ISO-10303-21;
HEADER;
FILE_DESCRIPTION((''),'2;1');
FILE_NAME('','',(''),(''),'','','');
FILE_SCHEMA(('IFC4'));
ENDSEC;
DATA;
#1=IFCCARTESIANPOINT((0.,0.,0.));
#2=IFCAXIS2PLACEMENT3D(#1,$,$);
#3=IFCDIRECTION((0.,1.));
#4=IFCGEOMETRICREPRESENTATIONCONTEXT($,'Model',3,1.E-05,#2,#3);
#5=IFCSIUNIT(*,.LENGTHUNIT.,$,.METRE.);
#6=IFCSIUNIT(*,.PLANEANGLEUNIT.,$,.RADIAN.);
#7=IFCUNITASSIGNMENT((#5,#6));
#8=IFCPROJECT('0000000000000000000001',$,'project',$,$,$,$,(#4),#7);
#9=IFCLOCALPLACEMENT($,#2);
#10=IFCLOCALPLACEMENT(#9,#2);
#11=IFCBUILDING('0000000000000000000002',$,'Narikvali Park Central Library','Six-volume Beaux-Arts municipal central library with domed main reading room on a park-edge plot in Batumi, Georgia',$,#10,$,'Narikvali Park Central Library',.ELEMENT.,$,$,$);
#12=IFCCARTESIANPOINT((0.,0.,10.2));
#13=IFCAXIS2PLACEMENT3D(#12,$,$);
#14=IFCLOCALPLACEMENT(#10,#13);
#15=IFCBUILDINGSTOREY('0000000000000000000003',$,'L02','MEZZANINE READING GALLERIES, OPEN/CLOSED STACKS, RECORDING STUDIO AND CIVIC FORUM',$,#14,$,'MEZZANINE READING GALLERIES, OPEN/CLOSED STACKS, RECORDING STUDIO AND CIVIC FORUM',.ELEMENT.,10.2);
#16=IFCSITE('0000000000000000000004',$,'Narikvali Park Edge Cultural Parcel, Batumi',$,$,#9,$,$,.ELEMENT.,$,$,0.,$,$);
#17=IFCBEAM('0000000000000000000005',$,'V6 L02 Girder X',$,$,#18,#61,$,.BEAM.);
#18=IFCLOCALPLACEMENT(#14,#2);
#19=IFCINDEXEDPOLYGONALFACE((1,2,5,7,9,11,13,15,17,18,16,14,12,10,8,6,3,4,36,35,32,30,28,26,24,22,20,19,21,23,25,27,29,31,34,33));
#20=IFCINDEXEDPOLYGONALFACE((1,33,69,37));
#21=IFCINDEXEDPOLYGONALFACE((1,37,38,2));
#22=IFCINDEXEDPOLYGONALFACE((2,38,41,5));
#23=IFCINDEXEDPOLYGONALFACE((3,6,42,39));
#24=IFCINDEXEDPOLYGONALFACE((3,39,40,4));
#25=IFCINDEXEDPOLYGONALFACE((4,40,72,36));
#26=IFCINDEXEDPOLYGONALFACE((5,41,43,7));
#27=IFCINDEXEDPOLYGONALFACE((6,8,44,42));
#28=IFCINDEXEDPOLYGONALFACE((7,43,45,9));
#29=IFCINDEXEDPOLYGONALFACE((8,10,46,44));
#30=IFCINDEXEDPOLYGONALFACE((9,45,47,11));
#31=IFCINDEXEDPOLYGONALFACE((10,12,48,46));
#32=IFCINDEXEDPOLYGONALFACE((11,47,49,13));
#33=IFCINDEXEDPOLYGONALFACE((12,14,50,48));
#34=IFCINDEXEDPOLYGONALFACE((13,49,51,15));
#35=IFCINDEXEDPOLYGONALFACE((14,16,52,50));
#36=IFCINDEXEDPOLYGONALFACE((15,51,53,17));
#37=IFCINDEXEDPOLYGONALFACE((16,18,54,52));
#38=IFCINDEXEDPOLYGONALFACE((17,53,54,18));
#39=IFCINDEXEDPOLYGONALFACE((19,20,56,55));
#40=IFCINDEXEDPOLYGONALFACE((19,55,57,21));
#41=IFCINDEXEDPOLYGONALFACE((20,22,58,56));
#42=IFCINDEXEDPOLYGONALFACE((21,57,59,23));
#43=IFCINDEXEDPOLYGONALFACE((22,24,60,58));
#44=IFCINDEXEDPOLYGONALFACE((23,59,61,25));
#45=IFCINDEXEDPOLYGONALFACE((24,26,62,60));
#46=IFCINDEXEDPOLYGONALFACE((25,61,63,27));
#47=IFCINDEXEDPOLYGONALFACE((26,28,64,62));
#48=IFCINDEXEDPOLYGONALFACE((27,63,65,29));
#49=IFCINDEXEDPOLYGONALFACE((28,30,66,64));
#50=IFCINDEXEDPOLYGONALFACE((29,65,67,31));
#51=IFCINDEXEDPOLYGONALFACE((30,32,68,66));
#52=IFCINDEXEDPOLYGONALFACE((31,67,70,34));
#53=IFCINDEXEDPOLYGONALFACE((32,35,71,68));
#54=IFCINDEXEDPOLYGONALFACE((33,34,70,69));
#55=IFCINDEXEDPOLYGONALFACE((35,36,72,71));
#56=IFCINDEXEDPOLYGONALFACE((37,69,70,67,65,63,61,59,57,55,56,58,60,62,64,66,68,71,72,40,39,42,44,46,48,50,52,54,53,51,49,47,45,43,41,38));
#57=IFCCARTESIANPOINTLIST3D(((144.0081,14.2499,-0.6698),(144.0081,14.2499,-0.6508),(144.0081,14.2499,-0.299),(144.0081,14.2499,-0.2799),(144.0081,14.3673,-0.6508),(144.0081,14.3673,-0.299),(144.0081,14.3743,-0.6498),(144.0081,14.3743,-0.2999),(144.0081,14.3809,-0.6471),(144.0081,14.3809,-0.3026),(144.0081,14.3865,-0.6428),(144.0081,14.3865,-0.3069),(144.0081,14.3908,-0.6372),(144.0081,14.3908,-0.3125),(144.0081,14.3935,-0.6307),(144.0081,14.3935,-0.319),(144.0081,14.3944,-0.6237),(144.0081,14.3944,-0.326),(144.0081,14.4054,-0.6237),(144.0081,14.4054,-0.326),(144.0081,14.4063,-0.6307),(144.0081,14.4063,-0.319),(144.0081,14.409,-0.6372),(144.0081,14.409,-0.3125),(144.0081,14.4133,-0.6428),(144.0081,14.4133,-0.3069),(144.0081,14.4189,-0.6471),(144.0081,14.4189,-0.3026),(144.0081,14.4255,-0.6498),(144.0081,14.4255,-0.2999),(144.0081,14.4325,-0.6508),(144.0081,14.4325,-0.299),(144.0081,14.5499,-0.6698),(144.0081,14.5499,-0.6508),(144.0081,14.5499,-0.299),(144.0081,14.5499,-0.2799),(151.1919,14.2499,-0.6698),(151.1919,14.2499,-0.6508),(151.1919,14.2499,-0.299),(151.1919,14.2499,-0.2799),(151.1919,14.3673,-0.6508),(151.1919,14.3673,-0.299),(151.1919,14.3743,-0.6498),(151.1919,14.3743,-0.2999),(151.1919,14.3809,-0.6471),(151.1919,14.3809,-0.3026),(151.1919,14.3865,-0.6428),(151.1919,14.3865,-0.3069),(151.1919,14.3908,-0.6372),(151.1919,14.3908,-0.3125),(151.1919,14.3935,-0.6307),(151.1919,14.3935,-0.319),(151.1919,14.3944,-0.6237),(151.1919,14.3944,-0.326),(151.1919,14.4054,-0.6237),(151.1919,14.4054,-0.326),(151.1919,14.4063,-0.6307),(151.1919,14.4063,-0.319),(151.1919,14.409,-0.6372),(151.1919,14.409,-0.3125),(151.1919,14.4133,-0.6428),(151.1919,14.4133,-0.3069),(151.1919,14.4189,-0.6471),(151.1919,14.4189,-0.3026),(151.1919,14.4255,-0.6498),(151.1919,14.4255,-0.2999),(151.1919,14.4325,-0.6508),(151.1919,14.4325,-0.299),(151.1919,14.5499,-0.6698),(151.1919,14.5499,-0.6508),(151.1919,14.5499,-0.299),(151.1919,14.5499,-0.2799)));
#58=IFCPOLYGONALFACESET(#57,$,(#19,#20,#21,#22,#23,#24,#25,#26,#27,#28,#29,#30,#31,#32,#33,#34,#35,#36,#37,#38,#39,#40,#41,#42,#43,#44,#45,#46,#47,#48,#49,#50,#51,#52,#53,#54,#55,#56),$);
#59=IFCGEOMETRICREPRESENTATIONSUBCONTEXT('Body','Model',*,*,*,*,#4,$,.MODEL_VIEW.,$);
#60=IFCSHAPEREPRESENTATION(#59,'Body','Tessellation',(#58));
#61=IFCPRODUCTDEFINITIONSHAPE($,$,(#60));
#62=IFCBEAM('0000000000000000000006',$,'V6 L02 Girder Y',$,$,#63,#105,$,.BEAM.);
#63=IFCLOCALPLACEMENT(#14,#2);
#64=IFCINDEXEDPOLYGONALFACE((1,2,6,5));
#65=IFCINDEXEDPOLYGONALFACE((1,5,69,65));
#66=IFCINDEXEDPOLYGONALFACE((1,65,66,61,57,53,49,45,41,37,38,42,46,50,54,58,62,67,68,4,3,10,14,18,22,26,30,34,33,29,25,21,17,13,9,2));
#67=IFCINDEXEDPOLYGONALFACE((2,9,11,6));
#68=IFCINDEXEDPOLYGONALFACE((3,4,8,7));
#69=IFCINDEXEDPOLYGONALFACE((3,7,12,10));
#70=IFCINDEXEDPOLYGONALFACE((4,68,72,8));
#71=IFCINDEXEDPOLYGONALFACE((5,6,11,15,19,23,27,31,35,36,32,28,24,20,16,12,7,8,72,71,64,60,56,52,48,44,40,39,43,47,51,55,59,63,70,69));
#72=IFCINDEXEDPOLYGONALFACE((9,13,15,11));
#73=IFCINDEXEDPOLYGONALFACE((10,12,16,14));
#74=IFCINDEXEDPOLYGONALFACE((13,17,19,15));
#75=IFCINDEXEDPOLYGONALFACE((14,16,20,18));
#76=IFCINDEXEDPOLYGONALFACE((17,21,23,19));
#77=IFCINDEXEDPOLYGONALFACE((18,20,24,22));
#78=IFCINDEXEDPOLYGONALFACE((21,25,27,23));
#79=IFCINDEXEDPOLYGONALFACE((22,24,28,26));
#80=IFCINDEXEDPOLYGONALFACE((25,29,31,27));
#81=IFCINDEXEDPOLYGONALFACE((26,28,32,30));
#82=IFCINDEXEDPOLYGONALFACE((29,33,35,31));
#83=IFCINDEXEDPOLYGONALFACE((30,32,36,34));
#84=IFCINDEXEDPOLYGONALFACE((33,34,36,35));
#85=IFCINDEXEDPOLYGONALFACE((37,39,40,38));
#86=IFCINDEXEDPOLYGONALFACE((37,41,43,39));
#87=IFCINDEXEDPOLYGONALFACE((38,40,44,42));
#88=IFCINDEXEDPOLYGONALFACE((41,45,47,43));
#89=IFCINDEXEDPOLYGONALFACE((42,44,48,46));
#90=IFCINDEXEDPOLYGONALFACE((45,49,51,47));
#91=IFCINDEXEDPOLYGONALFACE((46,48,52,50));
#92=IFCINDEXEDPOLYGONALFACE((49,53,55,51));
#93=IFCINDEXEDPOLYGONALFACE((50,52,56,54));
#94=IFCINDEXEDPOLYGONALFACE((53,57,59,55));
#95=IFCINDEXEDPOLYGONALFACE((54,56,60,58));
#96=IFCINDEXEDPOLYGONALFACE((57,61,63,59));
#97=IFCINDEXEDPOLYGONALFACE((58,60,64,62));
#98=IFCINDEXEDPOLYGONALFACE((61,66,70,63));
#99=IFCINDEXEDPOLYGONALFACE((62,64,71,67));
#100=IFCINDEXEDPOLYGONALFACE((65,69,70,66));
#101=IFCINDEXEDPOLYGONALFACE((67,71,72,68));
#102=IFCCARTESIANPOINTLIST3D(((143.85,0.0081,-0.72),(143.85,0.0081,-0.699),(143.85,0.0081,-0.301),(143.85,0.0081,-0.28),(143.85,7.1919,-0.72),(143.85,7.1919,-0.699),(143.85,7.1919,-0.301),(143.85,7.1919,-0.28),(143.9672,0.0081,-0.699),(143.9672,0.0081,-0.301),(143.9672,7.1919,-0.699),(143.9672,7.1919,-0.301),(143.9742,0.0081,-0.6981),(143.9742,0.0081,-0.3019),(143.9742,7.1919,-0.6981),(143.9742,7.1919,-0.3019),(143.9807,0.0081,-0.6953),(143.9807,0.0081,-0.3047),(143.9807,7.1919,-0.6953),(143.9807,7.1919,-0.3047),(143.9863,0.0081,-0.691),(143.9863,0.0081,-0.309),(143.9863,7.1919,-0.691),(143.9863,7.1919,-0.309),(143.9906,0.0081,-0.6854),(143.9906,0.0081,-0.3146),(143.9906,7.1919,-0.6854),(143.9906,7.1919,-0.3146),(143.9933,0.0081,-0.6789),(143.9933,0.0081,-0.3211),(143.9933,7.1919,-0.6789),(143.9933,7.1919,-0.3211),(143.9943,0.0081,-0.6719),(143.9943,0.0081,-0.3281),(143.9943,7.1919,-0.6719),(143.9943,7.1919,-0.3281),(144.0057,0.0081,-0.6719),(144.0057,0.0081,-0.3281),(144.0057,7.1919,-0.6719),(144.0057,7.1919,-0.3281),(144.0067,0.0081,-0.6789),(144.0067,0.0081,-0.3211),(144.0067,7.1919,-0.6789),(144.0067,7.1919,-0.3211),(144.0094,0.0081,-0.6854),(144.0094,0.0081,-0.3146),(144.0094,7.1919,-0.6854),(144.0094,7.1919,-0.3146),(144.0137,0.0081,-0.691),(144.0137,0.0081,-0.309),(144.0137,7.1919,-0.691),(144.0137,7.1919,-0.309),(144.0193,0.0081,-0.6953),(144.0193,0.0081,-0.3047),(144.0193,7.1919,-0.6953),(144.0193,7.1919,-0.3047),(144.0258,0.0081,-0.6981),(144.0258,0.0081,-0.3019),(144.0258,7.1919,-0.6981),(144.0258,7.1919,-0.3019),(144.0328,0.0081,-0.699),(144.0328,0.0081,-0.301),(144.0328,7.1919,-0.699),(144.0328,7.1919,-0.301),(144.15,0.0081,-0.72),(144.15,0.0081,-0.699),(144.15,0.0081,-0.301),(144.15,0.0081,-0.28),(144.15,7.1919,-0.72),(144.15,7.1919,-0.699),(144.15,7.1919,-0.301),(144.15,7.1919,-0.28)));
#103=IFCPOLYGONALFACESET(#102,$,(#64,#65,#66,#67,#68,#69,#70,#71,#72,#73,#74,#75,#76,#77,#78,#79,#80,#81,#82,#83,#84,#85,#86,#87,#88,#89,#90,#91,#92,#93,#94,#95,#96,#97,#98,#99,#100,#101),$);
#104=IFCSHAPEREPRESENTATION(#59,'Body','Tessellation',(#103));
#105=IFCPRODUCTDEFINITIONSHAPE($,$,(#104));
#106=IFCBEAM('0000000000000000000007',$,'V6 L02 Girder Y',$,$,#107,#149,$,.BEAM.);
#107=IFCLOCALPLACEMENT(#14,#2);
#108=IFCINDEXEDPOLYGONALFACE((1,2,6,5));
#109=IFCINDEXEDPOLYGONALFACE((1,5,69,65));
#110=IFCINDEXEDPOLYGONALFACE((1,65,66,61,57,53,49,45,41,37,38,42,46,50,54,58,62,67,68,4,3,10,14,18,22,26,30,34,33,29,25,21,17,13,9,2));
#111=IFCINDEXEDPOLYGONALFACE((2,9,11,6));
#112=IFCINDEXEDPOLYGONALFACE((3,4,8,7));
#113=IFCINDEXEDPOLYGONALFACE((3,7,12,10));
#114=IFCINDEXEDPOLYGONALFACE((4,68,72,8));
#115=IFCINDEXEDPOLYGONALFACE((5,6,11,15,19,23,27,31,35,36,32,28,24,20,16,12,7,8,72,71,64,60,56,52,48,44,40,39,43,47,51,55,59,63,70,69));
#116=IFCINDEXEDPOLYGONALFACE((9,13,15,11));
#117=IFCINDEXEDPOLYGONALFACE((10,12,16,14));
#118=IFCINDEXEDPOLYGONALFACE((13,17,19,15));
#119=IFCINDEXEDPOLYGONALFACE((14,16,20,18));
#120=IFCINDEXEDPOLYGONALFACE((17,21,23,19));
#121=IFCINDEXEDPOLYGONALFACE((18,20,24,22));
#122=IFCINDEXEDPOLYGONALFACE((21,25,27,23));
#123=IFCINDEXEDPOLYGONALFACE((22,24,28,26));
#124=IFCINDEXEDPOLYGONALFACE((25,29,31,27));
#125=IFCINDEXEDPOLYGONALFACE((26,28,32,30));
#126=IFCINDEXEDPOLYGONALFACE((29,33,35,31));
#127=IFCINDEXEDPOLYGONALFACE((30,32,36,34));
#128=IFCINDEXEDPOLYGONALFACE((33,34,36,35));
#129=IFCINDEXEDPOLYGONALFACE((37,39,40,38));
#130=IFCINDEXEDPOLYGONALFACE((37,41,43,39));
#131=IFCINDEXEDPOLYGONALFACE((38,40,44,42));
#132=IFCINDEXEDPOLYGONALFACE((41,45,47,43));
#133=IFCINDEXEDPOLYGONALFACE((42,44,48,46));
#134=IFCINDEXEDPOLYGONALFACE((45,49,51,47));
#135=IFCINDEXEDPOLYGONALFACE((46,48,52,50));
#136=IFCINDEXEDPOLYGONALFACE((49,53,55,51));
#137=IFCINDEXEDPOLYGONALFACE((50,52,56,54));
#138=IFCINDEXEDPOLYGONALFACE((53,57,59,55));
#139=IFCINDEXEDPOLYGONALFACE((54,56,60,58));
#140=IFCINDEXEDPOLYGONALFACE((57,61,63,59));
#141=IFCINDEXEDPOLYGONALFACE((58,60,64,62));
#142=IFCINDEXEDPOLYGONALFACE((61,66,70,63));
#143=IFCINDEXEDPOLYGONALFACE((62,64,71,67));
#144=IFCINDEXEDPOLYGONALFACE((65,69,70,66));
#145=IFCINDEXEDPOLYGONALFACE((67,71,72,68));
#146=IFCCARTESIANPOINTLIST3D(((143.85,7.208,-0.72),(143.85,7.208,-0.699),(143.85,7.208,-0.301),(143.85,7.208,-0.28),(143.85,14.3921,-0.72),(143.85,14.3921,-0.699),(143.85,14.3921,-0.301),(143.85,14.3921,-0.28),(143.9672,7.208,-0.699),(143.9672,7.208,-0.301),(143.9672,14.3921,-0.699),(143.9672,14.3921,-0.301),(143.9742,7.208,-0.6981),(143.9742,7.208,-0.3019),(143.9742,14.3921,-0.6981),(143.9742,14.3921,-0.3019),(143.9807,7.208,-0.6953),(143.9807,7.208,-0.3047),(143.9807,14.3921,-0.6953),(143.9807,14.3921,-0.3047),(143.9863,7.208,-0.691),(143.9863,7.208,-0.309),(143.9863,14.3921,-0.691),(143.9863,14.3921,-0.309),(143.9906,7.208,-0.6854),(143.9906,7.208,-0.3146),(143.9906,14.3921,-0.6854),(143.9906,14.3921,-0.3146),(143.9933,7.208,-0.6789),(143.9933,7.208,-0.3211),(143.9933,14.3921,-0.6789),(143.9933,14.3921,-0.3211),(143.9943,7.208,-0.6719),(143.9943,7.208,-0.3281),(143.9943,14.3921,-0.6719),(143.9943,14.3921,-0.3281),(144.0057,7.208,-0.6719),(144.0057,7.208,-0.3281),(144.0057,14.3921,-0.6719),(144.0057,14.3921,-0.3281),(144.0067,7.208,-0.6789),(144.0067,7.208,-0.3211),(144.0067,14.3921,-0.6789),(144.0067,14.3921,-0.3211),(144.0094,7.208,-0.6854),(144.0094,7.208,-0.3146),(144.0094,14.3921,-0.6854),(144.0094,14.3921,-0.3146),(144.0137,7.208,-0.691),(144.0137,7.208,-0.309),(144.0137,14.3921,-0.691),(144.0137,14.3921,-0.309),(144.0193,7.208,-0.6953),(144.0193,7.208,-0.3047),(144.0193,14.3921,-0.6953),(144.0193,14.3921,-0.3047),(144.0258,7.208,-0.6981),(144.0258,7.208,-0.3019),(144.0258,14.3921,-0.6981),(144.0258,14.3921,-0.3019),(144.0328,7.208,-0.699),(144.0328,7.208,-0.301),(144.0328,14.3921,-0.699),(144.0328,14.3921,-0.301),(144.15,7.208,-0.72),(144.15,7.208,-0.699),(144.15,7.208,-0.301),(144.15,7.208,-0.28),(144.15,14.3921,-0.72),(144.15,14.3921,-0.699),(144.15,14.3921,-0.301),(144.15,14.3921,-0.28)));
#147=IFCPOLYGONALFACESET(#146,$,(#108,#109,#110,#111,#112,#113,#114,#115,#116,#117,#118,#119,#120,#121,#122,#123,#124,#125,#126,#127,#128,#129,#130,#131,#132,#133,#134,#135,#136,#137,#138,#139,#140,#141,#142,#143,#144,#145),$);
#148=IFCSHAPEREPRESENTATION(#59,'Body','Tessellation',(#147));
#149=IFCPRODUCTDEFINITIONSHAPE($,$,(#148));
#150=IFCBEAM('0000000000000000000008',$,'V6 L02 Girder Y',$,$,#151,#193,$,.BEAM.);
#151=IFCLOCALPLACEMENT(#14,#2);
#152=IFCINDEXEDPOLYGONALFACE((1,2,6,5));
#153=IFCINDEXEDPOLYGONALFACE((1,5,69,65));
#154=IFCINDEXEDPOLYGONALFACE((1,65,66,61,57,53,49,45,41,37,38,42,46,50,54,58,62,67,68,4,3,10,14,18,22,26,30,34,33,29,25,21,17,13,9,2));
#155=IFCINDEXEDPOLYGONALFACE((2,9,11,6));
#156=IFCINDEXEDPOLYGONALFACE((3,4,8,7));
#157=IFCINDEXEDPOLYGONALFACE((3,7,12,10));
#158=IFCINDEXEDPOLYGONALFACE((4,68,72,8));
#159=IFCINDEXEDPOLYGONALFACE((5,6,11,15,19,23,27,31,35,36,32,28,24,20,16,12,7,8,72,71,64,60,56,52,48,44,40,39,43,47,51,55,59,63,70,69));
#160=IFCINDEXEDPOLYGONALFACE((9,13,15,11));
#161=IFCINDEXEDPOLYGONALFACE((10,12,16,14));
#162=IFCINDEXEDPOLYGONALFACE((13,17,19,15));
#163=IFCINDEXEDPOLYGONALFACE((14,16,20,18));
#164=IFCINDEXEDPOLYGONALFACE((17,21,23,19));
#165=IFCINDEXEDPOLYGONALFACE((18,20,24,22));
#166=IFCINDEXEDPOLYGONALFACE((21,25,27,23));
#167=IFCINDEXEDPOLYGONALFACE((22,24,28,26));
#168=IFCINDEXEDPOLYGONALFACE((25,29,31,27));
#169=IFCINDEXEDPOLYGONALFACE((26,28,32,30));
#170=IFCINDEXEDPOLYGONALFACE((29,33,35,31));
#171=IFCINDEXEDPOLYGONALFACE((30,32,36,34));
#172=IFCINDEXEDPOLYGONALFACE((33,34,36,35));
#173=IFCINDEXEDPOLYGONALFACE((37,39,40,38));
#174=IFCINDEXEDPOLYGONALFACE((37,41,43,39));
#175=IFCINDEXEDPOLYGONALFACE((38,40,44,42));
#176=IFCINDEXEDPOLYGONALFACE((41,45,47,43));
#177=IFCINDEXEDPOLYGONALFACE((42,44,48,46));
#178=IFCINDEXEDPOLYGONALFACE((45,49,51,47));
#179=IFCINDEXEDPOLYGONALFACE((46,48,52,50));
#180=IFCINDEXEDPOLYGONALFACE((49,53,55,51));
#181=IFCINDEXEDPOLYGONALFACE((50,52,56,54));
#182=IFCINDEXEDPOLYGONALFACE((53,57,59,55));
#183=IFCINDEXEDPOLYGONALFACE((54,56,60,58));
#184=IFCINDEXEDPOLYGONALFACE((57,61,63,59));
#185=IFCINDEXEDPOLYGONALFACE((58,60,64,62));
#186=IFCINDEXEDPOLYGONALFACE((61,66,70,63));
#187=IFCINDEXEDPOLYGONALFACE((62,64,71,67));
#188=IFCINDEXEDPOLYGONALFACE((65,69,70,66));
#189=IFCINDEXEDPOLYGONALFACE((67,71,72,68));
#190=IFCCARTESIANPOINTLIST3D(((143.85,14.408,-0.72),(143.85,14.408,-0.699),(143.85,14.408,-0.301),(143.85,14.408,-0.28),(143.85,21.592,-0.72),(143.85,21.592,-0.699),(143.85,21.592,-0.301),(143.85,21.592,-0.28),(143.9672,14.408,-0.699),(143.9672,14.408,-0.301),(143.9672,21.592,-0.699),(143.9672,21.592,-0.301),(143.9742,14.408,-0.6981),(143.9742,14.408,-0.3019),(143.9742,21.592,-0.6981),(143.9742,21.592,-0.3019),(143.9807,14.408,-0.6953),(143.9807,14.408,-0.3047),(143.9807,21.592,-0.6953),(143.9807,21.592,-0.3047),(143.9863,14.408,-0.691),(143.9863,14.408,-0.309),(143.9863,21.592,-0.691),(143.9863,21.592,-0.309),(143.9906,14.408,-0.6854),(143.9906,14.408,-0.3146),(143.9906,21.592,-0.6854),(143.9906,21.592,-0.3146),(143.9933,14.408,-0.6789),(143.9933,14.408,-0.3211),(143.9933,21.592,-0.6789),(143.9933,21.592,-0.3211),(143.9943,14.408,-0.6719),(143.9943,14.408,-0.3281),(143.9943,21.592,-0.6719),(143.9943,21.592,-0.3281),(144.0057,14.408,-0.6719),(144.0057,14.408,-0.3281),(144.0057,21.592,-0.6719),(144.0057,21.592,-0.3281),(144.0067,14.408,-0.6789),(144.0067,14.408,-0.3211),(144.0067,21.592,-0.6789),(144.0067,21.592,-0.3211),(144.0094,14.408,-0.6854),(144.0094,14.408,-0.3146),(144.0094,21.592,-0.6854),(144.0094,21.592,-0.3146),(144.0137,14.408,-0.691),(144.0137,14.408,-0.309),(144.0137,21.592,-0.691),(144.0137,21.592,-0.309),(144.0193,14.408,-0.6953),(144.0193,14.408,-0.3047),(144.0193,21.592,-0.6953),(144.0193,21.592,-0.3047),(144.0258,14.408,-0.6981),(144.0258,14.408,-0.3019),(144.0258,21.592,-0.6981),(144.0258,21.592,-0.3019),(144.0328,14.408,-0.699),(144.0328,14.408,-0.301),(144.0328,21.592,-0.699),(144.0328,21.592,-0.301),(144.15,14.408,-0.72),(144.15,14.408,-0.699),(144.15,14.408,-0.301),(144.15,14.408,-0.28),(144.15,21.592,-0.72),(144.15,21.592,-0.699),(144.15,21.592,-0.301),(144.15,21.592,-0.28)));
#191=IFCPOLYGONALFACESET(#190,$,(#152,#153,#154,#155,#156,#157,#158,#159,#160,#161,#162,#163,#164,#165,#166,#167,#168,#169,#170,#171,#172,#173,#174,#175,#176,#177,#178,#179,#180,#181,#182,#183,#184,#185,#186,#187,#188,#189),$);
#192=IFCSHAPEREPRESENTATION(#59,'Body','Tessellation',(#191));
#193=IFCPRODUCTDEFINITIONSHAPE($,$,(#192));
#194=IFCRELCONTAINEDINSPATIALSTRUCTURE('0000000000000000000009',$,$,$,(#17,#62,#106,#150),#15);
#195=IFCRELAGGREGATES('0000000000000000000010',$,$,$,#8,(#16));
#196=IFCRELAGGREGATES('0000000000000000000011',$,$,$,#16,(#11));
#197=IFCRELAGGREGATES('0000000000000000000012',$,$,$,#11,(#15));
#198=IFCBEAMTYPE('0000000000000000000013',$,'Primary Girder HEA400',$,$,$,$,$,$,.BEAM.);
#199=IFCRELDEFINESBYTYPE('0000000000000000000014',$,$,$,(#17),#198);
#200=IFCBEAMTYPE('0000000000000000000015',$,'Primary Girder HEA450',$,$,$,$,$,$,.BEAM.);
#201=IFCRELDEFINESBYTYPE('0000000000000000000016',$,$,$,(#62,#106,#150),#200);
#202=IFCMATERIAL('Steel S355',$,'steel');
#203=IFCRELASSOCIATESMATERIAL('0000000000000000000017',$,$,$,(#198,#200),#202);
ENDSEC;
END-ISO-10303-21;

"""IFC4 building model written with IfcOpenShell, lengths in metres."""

from ifc_helpers import new_model, si_unit, direction, frame, origin, origin_2d, place, context, subcontext, project, spatial, i_section, extrude, material, material_profile, profile_set, type_object, element, save


model = new_model("IFC4")

# Units and contexts
model_context = context("Model", 3, precision=1e-05, world=origin(), true_north=direction((0.0, 1.0)))
body_context = subcontext(model_context, "Body", "Model", "MODEL_VIEW")
ifc_project = project(units=[si_unit("LENGTHUNIT", "METRE"), si_unit("PLANEANGLEUNIT", "RADIAN")], contexts=[model_context])

# Site, building, storey
site_placement = place(None, origin())
site = spatial("IfcSite", under=ifc_project, at=site_placement, Name="Narikvali Park Edge Cultural Parcel, Batumi", CompositionType="ELEMENT", RefElevation=0.0)
building_placement = place(site_placement, origin())
building = spatial("IfcBuilding", under=site, at=building_placement, Name="Narikvali Park Central Library", Description="Six-volume Beaux-Arts municipal central library with domed main reading room on a park-edge plot in Batumi, Georgia", LongName="Narikvali Park Central Library", CompositionType="ELEMENT")
storey_placement = place(building_placement, frame((0.0, 0.0, 10.2)))
storey = spatial("IfcBuildingStorey", under=building, at=storey_placement, Name="L02", Description="MEZZANINE READING GALLERIES, OPEN/CLOSED STACKS, RECORDING STUDIO AND CIVIC FORUM", LongName="MEZZANINE READING GALLERIES, OPEN/CLOSED STACKS, RECORDING STUDIO AND CIVIC FORUM", CompositionType="ELEMENT", Elevation=10.2)

# Shared definitions
ifc_material_1 = material(Name="Steel S355", Category="steel")

# Beams
ifc_material_profile_1 = material_profile(ifc_material_1, i_section(OverallWidth=0.3, OverallDepth=0.3899, WebThickness=0.011, FlangeThickness=0.019, FilletRadius=0.0271, at=origin_2d()), Name="HEA 400")
ifc_profile_set_1 = profile_set([ifc_material_profile_1], Name="Steel S355")
beam_type_1 = type_object("IfcBeamType", Name="Primary Girder HEA400", PredefinedType="BEAM", material=ifc_profile_set_1)
for number, where, z_axis, x_axis, name in (
    (1, (144.0081, 14.3999, -0.4749), (1.0, 0.0, 0.0), (0.0, 1.0, 0.0), "V6 L02 Girder X"),
):
    element("IfcBeam", number, at=place(storey_placement, frame(where, z_axis=z_axis, x_axis=x_axis)), inside=storey, type_object=beam_type_1, Name=name, PredefinedType="BEAM", context=body_context, shape_type="SweptSolid", body=[
        extrude(i_section(OverallWidth=0.3, OverallDepth=0.3899, WebThickness=0.011, FlangeThickness=0.019, FilletRadius=0.0271, at=origin_2d()), origin(), (0.0, 0.0, 1.0), 7.1838),
    ])
ifc_material_profile_2 = material_profile(ifc_material_1, i_section(OverallWidth=0.3, OverallDepth=0.4399, WebThickness=0.0115, FlangeThickness=0.021, FilletRadius=0.0271, at=origin_2d()), Name="HEA 450")
ifc_profile_set_2 = profile_set([ifc_material_profile_2], Name="Steel S355")
beam_type_2 = type_object("IfcBeamType", Name="Primary Girder HEA450", PredefinedType="BEAM", material=ifc_profile_set_2)
beam_placement = place(storey_placement, frame((144.0, 0.0081, -0.5), z_axis=(0.0, 1.0, 0.0), x_axis=(-1.0, 0.0, 0.0)))
element("IfcBeam", 2, at=beam_placement, inside=storey, type_object=beam_type_2, Name="V6 L02 Girder Y", PredefinedType="BEAM", context=body_context, shape_type="SweptSolid", body=[
    extrude(i_section(OverallWidth=0.3, OverallDepth=0.4399, WebThickness=0.0115, FlangeThickness=0.021, FilletRadius=0.0271, at=origin_2d()), origin(), (0.0, 0.0, 1.0), 7.1838),
])
for number, where, z_axis, x_axis, name in (
    (3, (144.0, 7.208, -0.5), (0.0, 1.0, 0.0), (-1.0, 0.0, 0.0), "V6 L02 Girder Y"),
    (4, (144.0, 14.408, -0.5), (0.0, 1.0, 0.0), (-1.0, 0.0, 0.0), "V6 L02 Girder Y"),
):
    element("IfcBeam", number, at=place(storey_placement, frame(where, z_axis=z_axis, x_axis=x_axis)), inside=storey, type_object=beam_type_2, Name=name, PredefinedType="BEAM", context=body_context, shape_type="SweptSolid", body=[
        extrude(i_section(OverallWidth=0.3, OverallDepth=0.4399, WebThickness=0.0115, FlangeThickness=0.021, FilletRadius=0.0271, at=origin_2d()), origin(), (0.0, 0.0, 1.0), 7.1841),
    ])

save(model, "model.ifc")
